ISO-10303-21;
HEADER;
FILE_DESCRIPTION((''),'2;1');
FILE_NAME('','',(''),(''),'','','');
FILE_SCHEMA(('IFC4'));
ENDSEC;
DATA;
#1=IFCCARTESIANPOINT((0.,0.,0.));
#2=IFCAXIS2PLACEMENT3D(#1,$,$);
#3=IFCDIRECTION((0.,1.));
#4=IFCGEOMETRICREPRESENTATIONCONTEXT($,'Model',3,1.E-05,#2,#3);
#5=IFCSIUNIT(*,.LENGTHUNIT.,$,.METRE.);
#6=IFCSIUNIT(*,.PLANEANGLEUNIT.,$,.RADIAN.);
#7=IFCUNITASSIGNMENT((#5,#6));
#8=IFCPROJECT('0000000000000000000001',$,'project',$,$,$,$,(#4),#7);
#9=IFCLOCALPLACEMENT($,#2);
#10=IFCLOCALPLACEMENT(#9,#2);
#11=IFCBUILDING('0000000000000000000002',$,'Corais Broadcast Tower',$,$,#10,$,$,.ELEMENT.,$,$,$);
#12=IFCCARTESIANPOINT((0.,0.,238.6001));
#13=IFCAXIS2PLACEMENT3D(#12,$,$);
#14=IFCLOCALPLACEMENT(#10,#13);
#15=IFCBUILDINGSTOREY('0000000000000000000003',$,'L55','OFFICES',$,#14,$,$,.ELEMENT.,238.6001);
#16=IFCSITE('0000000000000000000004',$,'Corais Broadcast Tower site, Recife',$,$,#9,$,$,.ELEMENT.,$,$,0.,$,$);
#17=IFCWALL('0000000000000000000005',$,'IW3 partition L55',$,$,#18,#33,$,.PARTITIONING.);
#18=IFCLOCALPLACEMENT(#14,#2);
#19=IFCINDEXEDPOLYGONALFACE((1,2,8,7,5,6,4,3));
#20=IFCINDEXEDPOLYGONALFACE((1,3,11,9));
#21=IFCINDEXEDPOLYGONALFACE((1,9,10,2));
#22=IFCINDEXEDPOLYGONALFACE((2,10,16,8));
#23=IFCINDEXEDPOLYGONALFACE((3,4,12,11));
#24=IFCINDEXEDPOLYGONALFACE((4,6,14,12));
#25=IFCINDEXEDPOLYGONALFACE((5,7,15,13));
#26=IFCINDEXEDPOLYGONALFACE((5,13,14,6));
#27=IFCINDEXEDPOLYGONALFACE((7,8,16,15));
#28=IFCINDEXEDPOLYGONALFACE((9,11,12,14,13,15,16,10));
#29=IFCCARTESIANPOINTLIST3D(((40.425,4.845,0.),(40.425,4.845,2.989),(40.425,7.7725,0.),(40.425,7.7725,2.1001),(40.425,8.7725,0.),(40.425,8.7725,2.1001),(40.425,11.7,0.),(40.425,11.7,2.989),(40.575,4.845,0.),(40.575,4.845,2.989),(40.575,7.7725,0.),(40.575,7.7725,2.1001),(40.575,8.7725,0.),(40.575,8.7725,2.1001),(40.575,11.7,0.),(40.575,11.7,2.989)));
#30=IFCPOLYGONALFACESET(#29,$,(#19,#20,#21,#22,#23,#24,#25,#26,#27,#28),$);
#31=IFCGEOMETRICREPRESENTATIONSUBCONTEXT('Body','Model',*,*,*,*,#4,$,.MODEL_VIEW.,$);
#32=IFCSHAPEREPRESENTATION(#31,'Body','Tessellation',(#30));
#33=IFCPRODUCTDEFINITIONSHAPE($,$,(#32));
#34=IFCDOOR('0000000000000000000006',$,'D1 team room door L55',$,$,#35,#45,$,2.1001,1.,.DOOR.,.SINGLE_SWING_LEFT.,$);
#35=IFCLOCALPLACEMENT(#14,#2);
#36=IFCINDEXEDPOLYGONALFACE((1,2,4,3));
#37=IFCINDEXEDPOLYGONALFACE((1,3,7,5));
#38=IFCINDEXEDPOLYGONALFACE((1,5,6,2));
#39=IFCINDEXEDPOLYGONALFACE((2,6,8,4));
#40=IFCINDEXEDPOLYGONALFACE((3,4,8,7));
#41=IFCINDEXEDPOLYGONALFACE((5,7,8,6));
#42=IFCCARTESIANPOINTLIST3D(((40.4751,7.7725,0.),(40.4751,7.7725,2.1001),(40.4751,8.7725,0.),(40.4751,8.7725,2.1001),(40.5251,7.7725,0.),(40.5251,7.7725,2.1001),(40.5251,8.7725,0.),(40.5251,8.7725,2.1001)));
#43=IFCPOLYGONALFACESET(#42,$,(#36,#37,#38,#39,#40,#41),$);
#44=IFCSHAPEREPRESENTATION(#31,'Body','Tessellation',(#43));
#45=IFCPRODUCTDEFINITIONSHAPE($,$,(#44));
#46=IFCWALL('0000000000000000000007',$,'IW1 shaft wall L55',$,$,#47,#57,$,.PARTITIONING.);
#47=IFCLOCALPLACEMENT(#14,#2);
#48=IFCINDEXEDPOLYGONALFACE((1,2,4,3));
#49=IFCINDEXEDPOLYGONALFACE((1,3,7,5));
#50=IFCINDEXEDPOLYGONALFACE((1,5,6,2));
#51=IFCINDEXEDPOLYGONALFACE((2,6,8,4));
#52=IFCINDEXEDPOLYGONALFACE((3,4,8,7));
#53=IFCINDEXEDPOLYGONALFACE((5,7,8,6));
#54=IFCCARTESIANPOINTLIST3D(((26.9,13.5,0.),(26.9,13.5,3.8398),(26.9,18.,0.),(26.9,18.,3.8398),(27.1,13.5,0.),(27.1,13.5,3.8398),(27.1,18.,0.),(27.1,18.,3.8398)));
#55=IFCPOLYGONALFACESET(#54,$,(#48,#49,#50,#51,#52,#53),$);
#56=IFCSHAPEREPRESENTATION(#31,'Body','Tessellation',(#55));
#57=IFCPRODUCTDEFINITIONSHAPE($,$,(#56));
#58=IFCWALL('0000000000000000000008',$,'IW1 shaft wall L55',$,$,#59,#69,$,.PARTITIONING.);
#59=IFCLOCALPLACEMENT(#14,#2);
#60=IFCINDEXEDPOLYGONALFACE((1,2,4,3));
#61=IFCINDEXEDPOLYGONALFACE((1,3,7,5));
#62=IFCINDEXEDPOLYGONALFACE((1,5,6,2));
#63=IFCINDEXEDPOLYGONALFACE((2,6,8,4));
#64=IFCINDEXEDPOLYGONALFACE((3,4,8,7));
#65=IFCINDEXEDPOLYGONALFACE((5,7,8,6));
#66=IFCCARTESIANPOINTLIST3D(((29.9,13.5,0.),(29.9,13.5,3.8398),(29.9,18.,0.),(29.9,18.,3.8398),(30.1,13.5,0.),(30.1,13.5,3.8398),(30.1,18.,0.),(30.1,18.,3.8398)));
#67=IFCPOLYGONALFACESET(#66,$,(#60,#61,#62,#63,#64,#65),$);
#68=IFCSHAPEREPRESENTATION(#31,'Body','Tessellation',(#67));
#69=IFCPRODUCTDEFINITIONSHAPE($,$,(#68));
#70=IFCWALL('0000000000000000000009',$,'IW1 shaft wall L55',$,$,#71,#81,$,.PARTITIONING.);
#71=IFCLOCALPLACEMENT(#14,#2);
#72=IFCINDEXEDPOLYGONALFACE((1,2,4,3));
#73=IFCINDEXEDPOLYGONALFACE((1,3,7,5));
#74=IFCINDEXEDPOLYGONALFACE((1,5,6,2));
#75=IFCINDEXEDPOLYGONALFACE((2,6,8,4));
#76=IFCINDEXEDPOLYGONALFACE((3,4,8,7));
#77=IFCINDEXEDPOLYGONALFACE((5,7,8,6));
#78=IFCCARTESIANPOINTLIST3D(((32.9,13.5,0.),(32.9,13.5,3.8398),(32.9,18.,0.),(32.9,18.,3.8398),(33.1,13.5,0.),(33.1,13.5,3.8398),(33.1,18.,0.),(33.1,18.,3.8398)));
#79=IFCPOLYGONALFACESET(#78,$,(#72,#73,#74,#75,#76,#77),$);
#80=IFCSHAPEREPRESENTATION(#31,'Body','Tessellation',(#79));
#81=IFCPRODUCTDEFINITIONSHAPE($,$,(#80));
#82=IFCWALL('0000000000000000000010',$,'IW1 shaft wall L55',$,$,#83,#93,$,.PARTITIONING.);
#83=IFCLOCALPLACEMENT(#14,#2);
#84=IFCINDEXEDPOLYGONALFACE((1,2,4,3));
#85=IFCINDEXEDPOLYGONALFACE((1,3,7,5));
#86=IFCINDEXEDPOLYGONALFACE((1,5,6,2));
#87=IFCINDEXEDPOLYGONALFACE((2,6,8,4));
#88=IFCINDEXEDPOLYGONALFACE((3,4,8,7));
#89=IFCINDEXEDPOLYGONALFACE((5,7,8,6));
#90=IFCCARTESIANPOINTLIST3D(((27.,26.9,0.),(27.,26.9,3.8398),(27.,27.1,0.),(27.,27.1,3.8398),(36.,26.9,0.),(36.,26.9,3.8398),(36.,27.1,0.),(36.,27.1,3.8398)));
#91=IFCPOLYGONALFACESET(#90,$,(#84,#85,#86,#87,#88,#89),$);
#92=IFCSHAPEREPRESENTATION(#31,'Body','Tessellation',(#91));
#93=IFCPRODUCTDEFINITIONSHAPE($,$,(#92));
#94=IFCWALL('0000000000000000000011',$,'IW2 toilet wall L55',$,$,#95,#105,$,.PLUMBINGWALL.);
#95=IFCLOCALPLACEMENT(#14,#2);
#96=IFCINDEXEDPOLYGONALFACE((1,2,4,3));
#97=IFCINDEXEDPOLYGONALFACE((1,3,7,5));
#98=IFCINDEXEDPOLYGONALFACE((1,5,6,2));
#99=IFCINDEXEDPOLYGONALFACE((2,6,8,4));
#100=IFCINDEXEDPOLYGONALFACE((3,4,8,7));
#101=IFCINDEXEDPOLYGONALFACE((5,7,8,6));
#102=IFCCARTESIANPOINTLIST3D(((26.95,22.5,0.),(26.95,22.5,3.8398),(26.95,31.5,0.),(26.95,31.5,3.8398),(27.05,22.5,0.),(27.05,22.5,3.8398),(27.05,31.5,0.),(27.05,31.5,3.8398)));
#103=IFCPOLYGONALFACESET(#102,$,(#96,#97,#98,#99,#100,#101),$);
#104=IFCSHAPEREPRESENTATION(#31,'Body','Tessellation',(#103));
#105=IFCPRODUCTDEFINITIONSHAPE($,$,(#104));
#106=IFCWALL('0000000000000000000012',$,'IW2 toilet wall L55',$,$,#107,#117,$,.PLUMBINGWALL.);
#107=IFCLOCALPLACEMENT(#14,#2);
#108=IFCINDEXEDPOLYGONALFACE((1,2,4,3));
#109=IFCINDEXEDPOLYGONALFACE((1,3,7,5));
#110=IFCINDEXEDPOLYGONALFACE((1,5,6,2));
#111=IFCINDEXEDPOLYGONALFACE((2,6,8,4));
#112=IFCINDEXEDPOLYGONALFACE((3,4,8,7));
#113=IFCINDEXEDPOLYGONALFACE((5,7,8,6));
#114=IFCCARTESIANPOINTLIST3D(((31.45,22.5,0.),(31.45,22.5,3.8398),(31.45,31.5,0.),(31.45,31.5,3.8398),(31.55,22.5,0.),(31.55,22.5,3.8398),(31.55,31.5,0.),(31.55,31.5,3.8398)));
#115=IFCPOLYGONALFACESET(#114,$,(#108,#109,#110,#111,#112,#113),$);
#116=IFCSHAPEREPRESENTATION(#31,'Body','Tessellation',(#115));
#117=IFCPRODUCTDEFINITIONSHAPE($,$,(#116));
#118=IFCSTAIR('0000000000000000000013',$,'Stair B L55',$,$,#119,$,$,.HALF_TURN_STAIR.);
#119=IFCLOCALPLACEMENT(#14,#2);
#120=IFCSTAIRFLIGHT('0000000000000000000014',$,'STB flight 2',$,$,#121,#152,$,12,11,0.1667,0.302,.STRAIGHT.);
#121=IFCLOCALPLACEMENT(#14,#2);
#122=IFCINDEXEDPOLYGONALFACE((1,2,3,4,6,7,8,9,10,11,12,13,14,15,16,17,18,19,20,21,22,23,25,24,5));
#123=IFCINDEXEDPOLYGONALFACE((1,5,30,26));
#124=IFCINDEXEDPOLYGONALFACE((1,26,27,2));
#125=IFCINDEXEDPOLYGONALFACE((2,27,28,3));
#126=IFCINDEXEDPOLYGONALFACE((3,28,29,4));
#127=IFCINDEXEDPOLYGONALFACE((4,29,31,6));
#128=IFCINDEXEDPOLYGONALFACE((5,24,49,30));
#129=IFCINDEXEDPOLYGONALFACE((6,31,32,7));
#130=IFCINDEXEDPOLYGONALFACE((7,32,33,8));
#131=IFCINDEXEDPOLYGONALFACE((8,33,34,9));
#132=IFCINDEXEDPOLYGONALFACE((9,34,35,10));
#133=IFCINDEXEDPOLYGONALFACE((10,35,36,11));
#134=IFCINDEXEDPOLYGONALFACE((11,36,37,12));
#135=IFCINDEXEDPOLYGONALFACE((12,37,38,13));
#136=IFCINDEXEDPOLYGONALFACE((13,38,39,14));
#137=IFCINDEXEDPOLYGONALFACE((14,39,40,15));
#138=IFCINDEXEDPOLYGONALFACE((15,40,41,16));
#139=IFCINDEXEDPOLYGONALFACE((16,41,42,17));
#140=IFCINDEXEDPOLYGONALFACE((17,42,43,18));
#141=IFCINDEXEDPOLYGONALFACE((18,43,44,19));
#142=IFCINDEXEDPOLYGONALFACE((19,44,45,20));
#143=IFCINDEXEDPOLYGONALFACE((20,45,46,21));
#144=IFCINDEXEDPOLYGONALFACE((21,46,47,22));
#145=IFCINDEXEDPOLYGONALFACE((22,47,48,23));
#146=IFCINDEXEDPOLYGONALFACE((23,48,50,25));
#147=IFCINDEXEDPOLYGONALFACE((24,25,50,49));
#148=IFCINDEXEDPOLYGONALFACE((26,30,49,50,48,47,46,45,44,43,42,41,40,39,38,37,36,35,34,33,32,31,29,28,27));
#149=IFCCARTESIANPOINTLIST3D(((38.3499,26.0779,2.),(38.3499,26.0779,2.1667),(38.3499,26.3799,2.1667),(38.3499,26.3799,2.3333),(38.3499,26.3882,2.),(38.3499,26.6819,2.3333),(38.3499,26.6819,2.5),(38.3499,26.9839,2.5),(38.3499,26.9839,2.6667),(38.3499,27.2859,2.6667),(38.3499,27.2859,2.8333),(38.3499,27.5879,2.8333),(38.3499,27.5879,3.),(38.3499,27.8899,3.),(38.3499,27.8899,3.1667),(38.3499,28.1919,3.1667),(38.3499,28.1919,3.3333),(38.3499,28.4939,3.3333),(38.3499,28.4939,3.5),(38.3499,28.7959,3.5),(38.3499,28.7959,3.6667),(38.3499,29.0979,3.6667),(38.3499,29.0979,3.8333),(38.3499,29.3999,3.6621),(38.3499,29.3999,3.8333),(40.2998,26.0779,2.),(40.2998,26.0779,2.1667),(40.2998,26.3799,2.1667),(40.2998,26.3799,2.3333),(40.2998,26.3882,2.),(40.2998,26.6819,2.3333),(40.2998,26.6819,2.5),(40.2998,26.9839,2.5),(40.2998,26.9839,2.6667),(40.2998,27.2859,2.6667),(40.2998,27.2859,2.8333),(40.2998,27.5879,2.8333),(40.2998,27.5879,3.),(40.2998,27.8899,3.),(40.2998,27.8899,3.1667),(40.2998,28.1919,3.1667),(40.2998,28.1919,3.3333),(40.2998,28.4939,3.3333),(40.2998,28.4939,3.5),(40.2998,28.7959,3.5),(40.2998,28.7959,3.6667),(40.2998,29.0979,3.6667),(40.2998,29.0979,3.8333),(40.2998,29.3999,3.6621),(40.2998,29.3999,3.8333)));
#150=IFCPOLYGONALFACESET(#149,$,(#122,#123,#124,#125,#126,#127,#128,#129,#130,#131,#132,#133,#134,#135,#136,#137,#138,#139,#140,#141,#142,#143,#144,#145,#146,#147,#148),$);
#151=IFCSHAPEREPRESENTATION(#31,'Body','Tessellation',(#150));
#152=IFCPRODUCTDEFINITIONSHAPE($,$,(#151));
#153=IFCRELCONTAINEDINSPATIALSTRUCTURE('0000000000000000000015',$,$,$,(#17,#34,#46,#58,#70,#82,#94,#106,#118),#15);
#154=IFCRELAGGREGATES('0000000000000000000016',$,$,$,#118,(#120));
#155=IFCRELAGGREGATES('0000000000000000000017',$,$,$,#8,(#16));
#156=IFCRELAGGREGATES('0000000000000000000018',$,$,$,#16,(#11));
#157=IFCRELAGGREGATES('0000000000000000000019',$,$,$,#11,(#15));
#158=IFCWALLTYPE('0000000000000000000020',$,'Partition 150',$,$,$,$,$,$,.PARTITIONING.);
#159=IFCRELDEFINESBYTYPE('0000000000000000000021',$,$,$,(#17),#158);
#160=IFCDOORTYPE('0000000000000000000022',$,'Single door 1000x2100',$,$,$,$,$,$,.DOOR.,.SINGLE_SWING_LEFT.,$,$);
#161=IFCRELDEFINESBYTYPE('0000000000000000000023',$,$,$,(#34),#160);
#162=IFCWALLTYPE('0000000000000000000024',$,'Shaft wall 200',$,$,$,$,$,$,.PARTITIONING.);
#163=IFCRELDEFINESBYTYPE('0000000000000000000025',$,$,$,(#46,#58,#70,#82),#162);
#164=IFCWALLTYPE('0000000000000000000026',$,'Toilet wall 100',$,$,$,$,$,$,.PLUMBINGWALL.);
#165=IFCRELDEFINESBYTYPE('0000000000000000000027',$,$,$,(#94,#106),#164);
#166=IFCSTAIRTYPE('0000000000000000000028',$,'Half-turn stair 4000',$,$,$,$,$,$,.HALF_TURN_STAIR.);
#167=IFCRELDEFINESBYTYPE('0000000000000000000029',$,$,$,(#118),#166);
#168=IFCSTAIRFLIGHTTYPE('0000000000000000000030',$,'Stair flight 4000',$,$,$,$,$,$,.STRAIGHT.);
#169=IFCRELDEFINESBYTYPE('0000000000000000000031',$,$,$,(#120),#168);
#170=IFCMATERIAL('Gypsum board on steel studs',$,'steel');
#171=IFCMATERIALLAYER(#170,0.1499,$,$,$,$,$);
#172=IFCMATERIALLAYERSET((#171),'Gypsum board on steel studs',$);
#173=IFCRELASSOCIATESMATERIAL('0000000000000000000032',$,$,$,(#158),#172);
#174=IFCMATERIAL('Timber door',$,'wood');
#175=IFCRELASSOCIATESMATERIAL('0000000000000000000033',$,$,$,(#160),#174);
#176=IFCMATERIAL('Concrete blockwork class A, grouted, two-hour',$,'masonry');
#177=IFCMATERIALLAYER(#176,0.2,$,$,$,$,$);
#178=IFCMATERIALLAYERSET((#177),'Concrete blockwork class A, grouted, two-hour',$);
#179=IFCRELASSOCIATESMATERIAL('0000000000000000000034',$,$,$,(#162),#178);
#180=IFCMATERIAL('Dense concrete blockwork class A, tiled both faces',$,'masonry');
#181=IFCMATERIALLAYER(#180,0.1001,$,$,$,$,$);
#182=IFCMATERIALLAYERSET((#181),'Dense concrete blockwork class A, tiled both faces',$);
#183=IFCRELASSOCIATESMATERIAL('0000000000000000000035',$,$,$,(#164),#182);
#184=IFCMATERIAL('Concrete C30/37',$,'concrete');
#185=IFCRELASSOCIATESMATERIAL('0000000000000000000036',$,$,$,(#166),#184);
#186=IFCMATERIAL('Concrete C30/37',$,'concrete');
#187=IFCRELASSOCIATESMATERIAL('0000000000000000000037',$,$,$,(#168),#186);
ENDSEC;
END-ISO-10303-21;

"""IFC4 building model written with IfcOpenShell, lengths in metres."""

from ifc_helpers import new_model, si_unit, direction, frame, frame_2d, origin, place, context, subcontext, project, spatial, polyline, rectangle, outline, extrude, material, layer, layer_set, type_object, element, fill, aggregate, save


model = new_model("IFC4")

# Units and contexts
model_context = context("Model", 3, precision=1e-05, world=origin(), true_north=direction((0.0, 1.0)))
body_context = subcontext(model_context, "Body", "Model", "MODEL_VIEW")
ifc_project = project(units=[si_unit("LENGTHUNIT", "METRE"), si_unit("PLANEANGLEUNIT", "RADIAN")], contexts=[model_context])

# Site, building, storey
site_placement = place(None, origin())
site = spatial("IfcSite", under=ifc_project, at=site_placement, Name="Corais Broadcast Tower site, Recife", CompositionType="ELEMENT", RefElevation=0.0)
building_placement = place(site_placement, origin())
building = spatial("IfcBuilding", under=site, at=building_placement, Name="Corais Broadcast Tower", CompositionType="ELEMENT")
storey_placement = place(building_placement, frame((0.0, 0.0, 238.6001)))
storey = spatial("IfcBuildingStorey", under=building, at=storey_placement, Name="L55", Description="OFFICES", CompositionType="ELEMENT", Elevation=238.6001)

# Shared definitions
ifc_material_1 = material(Name="Gypsum board on steel studs", Category="steel")
ifc_layer_1 = layer(ifc_material_1, 0.1499)
ifc_layer_set_1 = layer_set([ifc_layer_1], Name="Gypsum board on steel studs")
wall_type_1 = type_object("IfcWallType", Name="Partition 150", PredefinedType="PARTITIONING", material=ifc_layer_set_1)
ifc_material_2 = material(Name="Timber door", Category="wood")
door_type_1 = type_object("IfcDoorType", Name="Single door 1000x2100", OperationType="SINGLE_SWING_LEFT", PredefinedType="DOOR", material=ifc_material_2)

# Wall, opening, door
wall_1_placement = place(storey_placement, frame((40.5, 4.845, 0.0), z_axis=(0.0, 0.0, 1.0), x_axis=(0.0, 1.0, 0.0)))
wall_1 = element("IfcWall", 1, at=wall_1_placement, inside=storey, type_object=wall_type_1, Name="IW3 partition L55", PredefinedType="PARTITIONING", context=body_context, shape_type="SweptSolid", body=[
    extrude(rectangle(XDim=6.855, YDim=0.1499, at=frame_2d((3.4275, 0.0))), origin(), (0.0, 0.0, 1.0), 2.989),
])
opening_1_placement = place(wall_1_placement, frame((2.9275, 0.0, 0.0)))
opening_1 = element("IfcOpeningElement", 2, at=opening_1_placement, cuts=wall_1, PredefinedType="OPENING", context=body_context, shape_type="SweptSolid", body=[
    extrude(rectangle(XDim=1.0, YDim=2.1001, at=frame_2d((0.5, 1.05))), frame((0.0, 0.085, 0.0), z_axis=(0.0, -1.0, 0.0), x_axis=(1.0, 0.0, 0.0)), (0.0, 0.0, 1.0), 0.1699),
])
door_1_placement = place(opening_1_placement, origin())
door_1 = element("IfcDoor", 3, at=door_1_placement, inside=storey, type_object=door_type_1, Name="D1 team room door L55", OperationType="SINGLE_SWING_LEFT", OverallHeight=2.1001, OverallWidth=1.0, PredefinedType="DOOR", context=body_context, shape_type="SweptSolid", body=[
    extrude(rectangle(XDim=1.0, YDim=2.1001, at=frame_2d((0.5, 1.05))), frame((0.0, 0.0249, 0.0), z_axis=(0.0, -1.0, 0.0), x_axis=(1.0, 0.0, 0.0)), (0.0, 0.0, 1.0), 0.05),
])
fill(opening_1, door_1)

# Walls
ifc_material_3 = material(Name="Concrete blockwork class A, grouted, two-hour", Category="masonry")
ifc_layer_2 = layer(ifc_material_3, 0.2)
ifc_layer_set_2 = layer_set([ifc_layer_2], Name="Concrete blockwork class A, grouted, two-hour")
wall_type_2 = type_object("IfcWallType", Name="Shaft wall 200", PredefinedType="PARTITIONING", material=ifc_layer_set_2)
for number, where, z_axis, x_axis, name in (
    (4, (27.0, 13.5, 0.0), (0.0, 0.0, 1.0), (0.0, 1.0, 0.0), "IW1 shaft wall L55"),
    (5, (30.0, 13.5, 0.0), (0.0, 0.0, 1.0), (0.0, 1.0, 0.0), "IW1 shaft wall L55"),
    (6, (33.0, 13.5, 0.0), (0.0, 0.0, 1.0), (0.0, 1.0, 0.0), "IW1 shaft wall L55"),
):
    element("IfcWall", number, at=place(storey_placement, frame(where, z_axis=z_axis, x_axis=x_axis)), inside=storey, type_object=wall_type_2, Name=name, PredefinedType="PARTITIONING", context=body_context, shape_type="SweptSolid", body=[
        extrude(rectangle(XDim=4.5, YDim=0.2, at=frame_2d((2.25, 0.0))), origin(), (0.0, 0.0, 1.0), 3.8398),
    ])
wall_2_placement = place(storey_placement, frame((27.0, 27.0, 0.0), z_axis=(0.0, 0.0, 1.0), x_axis=(1.0, 0.0, 0.0)))
element("IfcWall", 7, at=wall_2_placement, inside=storey, type_object=wall_type_2, Name="IW1 shaft wall L55", PredefinedType="PARTITIONING", context=body_context, shape_type="SweptSolid", body=[
    extrude(rectangle(XDim=9.0, YDim=0.2, at=frame_2d((4.5, 0.0))), origin(), (0.0, 0.0, 1.0), 3.8398),
])
ifc_material_4 = material(Name="Dense concrete blockwork class A, tiled both faces", Category="masonry")
ifc_layer_3 = layer(ifc_material_4, 0.1001)
ifc_layer_set_3 = layer_set([ifc_layer_3], Name="Dense concrete blockwork class A, tiled both faces")
wall_type_3 = type_object("IfcWallType", Name="Toilet wall 100", PredefinedType="PLUMBINGWALL", material=ifc_layer_set_3)
for number, where, z_axis, x_axis, name in (
    (8, (27.0, 22.5, 0.0), (0.0, 0.0, 1.0), (0.0, 1.0, 0.0), "IW2 toilet wall L55"),
    (9, (31.5, 22.5, 0.0), (0.0, 0.0, 1.0), (0.0, 1.0, 0.0), "IW2 toilet wall L55"),
):
    element("IfcWall", number, at=place(storey_placement, frame(where, z_axis=z_axis, x_axis=x_axis)), inside=storey, type_object=wall_type_3, Name=name, PredefinedType="PLUMBINGWALL", context=body_context, shape_type="SweptSolid", body=[
        extrude(rectangle(XDim=9.0, YDim=0.1001, at=frame_2d((4.5, 0.0))), origin(), (0.0, 0.0, 1.0), 3.8398),
    ])

# Stair, stair flight
ifc_material_5 = material(Name="Concrete C30/37", Category="concrete")
stair_type = type_object("IfcStairType", Name="Half-turn stair 4000", PredefinedType="HALF_TURN_STAIR", material=ifc_material_5)
stair_placement = place(storey_placement, origin())
stair = element("IfcStair", 10, at=stair_placement, inside=storey, type_object=stair_type, Name="Stair B L55", PredefinedType="HALF_TURN_STAIR")
ifc_material_6 = material(Name="Concrete C30/37", Category="concrete")
stair_flight_type = type_object("IfcStairFlightType", Name="Stair flight 4000", PredefinedType="STRAIGHT", material=ifc_material_6)
stair_flight_placement = place(storey_placement, frame((39.325, 26.0779, 2.0), z_axis=(0.0, 0.0, 1.0), x_axis=(0.0, 1.0, 0.0)))
stair_flight = element("IfcStairFlight", 11, at=stair_flight_placement, type_object=stair_flight_type, Name="STB flight 2", NumberOfRisers=12, NumberOfTreads=11, PredefinedType="STRAIGHT", RiserHeight=0.1667, TreadLength=0.302, context=body_context, shape_type="SweptSolid", body=[
    extrude(outline(polyline([(0.0, 0.0), (0.0, 0.1667), (0.302, 0.1667), (0.302, 0.3333), (0.604, 0.3333), (0.604, 0.5), (0.906, 0.5), (0.906, 0.6667), (1.208, 0.6667), (1.208, 0.8333), (1.51, 0.8333), (1.51, 1.0), (1.812, 1.0), (1.812, 1.1667), (2.114, 1.1667), (2.114, 1.3333), (2.416, 1.3333), (2.416, 1.5), (2.718, 1.5), (2.718, 1.6667), (3.02, 1.6667), (3.02, 1.8333), (3.322, 1.8333), (3.322, 2.0), (3.322, 1.6621), (0.3103, 0.0), (0.0, 0.0)])), frame((0.0, 0.9751, 0.0), z_axis=(0.0, -1.0, 0.0), x_axis=(1.0, 0.0, 0.0)), (0.0, 0.0, 1.0), 1.95),
])
aggregate(stair, [stair_flight])

save(model, "model.ifc")
